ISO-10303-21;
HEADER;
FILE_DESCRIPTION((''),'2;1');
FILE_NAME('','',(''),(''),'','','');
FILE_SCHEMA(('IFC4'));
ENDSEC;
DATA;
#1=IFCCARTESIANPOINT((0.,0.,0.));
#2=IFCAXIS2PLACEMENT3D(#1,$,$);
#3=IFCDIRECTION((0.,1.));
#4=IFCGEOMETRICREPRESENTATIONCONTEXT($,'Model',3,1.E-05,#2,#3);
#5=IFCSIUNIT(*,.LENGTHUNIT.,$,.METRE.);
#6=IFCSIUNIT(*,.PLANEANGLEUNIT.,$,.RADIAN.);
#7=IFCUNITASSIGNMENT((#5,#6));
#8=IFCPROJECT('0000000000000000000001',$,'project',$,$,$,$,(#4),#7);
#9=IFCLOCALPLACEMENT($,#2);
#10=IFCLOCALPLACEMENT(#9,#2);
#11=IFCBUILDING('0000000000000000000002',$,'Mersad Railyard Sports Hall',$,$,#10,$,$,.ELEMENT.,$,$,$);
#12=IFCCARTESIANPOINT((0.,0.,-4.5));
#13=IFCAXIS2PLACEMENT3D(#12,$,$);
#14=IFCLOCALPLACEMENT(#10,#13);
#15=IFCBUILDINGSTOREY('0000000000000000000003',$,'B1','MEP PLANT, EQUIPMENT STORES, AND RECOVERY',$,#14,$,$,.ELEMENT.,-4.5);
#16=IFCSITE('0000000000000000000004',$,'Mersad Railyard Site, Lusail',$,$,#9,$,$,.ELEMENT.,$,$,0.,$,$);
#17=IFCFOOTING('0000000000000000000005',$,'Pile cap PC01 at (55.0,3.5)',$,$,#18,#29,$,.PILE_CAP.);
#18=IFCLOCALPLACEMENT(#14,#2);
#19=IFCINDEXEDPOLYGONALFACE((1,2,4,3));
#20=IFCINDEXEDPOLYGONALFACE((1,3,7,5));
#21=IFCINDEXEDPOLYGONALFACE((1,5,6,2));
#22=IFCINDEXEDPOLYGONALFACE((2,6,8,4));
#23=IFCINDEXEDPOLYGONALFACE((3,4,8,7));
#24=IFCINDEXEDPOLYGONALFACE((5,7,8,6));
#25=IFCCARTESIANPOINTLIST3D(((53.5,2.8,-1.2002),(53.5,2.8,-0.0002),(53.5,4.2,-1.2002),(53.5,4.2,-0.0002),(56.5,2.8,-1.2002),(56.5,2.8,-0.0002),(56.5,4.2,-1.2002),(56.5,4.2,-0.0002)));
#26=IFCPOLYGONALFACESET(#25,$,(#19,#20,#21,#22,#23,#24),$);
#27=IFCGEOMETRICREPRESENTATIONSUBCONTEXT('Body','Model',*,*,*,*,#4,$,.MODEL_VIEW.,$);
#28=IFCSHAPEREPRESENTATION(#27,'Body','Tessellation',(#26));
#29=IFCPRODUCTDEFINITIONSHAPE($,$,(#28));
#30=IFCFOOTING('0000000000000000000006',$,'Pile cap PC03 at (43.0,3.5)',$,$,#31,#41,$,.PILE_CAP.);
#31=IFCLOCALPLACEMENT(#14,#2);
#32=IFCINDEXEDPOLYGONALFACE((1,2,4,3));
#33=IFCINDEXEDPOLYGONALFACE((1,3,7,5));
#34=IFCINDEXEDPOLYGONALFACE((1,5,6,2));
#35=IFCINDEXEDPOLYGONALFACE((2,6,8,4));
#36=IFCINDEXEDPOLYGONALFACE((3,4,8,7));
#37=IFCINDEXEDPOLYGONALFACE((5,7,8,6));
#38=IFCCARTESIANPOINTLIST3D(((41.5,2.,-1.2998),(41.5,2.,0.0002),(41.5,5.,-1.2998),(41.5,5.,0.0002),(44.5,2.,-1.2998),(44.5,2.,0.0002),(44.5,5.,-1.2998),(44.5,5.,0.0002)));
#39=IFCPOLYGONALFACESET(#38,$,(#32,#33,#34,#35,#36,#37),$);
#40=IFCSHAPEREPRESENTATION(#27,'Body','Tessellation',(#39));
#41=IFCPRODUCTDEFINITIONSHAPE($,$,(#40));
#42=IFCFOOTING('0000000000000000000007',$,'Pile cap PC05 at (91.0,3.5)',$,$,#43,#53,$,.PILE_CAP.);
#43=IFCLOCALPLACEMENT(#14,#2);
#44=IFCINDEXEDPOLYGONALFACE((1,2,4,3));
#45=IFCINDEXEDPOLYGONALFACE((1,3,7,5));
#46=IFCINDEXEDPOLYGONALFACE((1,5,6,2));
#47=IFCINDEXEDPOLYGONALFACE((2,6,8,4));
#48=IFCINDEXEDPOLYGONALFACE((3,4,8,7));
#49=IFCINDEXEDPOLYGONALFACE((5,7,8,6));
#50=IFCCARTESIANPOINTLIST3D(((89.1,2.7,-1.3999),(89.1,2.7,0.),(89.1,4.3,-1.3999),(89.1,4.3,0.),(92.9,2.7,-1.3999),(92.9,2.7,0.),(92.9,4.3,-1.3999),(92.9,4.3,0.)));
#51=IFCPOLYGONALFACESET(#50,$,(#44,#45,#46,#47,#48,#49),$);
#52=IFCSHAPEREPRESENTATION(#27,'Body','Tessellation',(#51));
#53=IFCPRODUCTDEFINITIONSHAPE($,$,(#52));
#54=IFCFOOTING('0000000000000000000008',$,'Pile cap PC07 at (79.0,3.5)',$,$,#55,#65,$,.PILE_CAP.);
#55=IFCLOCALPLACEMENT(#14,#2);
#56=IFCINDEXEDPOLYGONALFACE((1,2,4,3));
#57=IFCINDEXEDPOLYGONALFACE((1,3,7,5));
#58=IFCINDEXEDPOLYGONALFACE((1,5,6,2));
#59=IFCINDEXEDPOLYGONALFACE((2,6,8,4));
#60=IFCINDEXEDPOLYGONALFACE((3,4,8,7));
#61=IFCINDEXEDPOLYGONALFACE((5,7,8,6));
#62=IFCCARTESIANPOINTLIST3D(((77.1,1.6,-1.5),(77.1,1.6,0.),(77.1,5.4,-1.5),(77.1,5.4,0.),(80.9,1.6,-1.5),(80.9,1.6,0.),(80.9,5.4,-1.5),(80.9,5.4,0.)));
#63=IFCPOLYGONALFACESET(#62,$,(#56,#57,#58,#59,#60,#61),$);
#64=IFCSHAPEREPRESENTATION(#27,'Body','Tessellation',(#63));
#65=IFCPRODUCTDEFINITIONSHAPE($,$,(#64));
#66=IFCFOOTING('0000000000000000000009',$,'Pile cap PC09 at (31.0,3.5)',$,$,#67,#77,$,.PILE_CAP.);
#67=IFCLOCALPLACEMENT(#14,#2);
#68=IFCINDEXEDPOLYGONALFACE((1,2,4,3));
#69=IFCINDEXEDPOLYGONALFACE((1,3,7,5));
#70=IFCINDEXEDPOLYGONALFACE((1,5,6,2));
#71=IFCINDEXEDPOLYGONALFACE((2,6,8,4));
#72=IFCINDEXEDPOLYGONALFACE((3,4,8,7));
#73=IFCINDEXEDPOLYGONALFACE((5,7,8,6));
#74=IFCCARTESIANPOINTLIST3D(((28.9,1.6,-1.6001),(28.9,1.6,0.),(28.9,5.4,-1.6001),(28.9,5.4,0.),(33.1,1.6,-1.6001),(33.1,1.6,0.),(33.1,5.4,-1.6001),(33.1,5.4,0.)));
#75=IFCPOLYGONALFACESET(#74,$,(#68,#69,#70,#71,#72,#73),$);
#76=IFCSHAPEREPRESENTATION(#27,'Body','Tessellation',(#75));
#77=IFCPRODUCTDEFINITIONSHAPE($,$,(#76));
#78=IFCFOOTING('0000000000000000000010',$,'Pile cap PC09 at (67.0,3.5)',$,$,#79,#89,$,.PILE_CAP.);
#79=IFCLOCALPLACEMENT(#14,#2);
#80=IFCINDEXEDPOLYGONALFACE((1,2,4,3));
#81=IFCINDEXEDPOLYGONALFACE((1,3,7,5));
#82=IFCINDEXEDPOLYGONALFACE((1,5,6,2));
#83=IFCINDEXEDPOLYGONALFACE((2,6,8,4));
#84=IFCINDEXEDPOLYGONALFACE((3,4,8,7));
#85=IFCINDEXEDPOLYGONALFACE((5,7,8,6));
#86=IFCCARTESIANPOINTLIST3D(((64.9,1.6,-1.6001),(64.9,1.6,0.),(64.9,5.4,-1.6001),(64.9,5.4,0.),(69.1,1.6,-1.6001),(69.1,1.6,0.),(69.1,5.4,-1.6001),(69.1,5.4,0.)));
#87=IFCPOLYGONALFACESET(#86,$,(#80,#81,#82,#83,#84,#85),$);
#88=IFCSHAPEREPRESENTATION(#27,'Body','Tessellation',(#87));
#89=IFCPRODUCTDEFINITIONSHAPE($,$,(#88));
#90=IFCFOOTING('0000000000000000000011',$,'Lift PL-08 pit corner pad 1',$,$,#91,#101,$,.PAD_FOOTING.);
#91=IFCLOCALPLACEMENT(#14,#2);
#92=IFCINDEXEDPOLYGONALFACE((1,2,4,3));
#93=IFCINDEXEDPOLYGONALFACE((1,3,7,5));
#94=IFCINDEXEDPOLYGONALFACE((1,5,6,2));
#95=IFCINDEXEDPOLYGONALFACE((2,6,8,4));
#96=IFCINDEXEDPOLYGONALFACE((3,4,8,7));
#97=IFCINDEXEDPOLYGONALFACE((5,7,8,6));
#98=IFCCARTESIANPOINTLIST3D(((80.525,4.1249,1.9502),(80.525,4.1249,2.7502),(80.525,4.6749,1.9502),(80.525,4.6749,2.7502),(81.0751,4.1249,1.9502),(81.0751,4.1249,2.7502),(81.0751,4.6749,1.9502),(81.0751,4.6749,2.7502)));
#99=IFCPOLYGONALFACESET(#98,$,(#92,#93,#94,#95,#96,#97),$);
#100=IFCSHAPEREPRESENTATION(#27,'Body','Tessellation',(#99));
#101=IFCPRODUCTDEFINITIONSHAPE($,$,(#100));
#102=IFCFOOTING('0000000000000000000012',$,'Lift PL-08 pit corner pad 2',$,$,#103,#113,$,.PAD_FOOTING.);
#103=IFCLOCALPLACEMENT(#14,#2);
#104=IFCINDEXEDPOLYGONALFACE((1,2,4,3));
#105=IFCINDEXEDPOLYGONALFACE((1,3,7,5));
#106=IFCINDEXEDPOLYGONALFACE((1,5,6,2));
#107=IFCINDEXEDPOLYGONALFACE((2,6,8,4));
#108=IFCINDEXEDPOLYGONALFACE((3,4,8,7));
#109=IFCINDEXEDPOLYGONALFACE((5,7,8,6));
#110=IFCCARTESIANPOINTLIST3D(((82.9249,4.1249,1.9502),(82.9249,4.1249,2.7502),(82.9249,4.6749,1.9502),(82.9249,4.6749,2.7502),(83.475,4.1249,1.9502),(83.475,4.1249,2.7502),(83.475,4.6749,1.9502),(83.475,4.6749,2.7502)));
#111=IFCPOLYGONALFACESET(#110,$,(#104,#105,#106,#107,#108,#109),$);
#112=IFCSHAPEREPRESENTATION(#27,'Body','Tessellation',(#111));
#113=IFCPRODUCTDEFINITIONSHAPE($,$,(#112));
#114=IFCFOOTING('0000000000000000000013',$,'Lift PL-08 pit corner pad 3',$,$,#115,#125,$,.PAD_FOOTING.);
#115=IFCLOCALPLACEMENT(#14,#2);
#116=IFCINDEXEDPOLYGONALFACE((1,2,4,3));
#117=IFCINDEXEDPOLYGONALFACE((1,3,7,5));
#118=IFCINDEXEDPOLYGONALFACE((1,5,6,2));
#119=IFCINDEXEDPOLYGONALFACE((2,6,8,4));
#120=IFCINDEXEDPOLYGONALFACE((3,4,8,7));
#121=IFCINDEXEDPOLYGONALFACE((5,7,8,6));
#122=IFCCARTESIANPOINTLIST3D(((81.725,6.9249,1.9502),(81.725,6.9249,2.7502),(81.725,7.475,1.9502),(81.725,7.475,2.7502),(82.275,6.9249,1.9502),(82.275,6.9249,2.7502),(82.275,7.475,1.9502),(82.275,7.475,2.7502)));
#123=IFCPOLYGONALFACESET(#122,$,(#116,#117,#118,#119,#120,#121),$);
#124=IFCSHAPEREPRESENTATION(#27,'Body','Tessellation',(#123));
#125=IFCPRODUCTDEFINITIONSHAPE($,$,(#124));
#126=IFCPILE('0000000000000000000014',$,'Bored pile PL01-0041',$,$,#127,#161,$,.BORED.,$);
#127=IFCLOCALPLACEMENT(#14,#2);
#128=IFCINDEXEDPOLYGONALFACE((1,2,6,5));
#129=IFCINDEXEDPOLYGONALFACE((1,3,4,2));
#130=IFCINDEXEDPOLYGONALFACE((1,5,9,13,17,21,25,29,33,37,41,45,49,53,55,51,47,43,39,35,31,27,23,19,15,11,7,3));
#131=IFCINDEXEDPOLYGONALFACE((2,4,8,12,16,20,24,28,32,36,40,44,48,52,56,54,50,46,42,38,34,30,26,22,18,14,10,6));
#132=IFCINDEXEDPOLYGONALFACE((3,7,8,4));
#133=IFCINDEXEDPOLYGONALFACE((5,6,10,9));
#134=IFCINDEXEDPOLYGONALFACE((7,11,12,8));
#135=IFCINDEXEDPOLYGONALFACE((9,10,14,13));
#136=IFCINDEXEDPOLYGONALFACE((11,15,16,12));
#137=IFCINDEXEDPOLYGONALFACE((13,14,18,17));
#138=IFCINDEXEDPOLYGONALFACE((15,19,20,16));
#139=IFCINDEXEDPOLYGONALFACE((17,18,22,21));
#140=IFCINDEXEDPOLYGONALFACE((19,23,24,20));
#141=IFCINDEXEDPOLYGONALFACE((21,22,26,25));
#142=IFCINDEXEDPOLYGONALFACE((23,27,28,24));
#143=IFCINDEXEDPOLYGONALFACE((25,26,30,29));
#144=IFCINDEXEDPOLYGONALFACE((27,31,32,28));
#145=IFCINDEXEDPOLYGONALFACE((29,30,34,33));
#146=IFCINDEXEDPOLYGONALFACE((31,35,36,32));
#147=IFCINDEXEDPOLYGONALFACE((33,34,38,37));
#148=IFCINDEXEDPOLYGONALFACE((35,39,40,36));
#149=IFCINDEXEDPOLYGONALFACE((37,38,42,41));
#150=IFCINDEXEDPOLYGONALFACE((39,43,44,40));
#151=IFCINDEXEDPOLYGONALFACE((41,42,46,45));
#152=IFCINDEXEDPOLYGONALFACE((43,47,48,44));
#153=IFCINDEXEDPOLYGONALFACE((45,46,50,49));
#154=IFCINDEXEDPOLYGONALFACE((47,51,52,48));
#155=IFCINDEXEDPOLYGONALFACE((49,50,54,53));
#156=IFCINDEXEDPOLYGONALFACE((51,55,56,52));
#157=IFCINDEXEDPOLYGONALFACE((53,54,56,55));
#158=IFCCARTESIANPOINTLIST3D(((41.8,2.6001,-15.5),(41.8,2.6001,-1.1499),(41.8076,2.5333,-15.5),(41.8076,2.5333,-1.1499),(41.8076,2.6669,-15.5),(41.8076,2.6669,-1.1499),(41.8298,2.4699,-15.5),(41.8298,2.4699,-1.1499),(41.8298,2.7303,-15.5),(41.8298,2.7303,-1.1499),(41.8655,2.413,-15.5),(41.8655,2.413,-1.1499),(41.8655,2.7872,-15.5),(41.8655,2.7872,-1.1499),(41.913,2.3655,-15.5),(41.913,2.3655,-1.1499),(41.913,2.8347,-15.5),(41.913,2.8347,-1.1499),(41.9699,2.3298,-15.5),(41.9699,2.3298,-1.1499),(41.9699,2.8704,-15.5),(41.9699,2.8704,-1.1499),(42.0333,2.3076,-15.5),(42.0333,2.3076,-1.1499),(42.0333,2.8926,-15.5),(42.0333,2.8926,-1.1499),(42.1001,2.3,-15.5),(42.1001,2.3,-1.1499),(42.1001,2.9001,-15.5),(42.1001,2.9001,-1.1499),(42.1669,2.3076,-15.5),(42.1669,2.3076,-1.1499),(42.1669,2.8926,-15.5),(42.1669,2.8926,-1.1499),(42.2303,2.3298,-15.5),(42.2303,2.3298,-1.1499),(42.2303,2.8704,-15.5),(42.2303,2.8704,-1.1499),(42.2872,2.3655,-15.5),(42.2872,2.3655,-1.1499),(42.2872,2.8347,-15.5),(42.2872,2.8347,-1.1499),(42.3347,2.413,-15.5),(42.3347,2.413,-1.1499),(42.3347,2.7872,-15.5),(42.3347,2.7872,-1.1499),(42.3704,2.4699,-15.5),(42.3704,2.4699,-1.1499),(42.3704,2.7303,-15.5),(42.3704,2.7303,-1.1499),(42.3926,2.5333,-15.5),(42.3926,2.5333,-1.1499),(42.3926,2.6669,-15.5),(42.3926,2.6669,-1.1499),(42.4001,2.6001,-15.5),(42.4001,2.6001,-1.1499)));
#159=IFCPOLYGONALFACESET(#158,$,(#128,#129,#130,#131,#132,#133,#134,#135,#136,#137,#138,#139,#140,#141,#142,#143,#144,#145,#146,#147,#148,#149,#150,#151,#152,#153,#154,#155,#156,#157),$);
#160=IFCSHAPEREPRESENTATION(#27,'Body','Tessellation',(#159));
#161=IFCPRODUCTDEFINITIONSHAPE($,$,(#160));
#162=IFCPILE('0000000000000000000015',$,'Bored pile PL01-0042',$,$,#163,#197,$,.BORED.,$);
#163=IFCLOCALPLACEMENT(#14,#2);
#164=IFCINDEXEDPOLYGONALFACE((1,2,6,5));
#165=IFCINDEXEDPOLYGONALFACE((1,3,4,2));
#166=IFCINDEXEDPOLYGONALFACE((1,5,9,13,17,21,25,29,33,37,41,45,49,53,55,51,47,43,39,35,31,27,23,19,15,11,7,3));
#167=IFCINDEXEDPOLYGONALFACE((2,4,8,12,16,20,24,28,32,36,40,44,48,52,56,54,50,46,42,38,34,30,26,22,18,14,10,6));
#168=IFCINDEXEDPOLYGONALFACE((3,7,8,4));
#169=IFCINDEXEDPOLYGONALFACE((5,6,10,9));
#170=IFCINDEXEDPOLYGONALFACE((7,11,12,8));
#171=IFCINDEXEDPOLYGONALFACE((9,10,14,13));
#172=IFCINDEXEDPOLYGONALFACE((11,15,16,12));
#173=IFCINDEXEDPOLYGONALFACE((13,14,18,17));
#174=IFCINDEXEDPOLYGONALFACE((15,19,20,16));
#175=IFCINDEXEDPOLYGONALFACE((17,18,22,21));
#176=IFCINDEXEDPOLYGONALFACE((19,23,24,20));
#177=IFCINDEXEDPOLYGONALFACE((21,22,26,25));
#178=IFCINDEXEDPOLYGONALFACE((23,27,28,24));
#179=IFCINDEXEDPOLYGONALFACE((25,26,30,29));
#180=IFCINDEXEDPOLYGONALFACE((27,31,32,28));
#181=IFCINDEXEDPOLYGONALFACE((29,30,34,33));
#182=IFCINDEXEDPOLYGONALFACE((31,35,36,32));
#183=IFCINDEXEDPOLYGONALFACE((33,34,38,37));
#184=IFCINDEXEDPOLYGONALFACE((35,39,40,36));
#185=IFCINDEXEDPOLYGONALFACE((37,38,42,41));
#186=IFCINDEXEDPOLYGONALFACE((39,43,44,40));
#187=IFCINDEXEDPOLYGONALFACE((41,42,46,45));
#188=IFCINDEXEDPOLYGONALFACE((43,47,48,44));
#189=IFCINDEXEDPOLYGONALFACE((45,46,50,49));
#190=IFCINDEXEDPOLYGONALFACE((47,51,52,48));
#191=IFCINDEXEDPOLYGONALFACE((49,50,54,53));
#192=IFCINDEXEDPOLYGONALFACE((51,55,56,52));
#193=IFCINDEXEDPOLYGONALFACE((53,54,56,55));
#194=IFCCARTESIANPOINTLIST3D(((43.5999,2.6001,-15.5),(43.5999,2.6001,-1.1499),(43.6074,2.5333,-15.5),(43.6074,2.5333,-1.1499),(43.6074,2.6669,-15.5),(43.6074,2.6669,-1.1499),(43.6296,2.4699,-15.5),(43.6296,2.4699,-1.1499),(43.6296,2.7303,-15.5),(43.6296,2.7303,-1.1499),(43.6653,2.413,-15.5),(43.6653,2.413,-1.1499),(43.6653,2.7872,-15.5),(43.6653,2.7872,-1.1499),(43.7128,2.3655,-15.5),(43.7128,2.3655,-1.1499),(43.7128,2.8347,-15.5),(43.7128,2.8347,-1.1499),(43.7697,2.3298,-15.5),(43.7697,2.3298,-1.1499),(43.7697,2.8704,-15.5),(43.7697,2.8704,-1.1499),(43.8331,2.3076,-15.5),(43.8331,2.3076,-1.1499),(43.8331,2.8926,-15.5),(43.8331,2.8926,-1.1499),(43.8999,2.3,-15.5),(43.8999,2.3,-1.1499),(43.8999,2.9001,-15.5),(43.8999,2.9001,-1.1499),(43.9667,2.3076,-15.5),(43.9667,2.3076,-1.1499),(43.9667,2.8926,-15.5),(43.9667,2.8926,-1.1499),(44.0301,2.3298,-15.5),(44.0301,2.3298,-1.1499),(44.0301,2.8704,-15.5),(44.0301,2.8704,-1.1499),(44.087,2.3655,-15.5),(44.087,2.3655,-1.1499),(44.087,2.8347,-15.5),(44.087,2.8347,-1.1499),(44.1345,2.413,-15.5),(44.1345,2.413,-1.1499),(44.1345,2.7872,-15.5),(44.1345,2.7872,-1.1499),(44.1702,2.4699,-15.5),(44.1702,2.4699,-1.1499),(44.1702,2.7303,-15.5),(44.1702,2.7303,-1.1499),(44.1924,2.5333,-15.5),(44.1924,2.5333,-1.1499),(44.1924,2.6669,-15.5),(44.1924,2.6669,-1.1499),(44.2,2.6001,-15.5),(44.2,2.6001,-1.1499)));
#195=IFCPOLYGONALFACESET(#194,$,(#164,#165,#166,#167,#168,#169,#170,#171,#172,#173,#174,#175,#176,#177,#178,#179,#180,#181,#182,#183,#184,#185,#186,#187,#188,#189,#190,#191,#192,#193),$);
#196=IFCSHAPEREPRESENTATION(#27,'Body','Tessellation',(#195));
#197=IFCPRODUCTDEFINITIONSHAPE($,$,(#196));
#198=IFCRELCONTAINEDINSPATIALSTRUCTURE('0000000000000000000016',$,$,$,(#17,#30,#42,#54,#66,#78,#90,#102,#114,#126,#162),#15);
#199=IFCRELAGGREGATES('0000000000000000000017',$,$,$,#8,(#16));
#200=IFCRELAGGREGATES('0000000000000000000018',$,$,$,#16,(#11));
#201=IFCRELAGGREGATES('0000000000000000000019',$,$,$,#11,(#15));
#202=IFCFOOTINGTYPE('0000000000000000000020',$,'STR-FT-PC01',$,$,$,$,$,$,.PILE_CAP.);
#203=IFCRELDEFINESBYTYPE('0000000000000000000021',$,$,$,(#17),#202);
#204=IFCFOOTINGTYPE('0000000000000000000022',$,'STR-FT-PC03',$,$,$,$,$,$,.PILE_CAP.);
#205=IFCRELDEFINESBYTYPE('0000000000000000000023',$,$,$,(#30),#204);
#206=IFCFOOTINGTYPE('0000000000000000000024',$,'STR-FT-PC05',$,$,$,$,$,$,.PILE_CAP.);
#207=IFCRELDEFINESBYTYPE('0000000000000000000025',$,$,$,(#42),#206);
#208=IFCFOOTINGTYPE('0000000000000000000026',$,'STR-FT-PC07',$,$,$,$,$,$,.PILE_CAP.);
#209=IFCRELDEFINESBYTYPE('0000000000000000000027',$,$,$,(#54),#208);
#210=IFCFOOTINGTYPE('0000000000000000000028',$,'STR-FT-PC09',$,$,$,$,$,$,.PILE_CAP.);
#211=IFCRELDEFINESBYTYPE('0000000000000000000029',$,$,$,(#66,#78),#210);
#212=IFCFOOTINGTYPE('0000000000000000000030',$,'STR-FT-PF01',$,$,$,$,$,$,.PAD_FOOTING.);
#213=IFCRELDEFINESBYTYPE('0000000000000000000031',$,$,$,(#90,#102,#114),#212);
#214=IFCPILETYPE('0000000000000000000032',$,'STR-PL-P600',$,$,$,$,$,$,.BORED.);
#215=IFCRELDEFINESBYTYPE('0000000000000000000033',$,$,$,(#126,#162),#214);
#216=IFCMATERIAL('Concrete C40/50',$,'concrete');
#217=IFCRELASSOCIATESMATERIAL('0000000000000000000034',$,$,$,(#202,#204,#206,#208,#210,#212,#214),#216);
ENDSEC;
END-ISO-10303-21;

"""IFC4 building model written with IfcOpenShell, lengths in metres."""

from ifc_helpers import new_model, si_unit, direction, frame, origin, origin_2d, place, context, subcontext, project, spatial, rectangle, circle, extrude, material, material_profile, profile_set, type_object, element, save


model = new_model("IFC4")

# Units and contexts
model_context = context("Model", 3, precision=1e-05, world=origin(), true_north=direction((0.0, 1.0)))
body_context = subcontext(model_context, "Body", "Model", "MODEL_VIEW")
ifc_project = project(units=[si_unit("LENGTHUNIT", "METRE"), si_unit("PLANEANGLEUNIT", "RADIAN")], contexts=[model_context])

# Site, building, storey
site_placement = place(None, origin())
site = spatial("IfcSite", under=ifc_project, at=site_placement, Name="Mersad Railyard Site, Lusail", CompositionType="ELEMENT", RefElevation=0.0)
building_placement = place(site_placement, origin())
building = spatial("IfcBuilding", under=site, at=building_placement, Name="Mersad Railyard Sports Hall", CompositionType="ELEMENT")
storey_placement = place(building_placement, frame((0.0, 0.0, -4.5)))
storey = spatial("IfcBuildingStorey", under=building, at=storey_placement, Name="B1", Description="MEP PLANT, EQUIPMENT STORES, AND RECOVERY", CompositionType="ELEMENT", Elevation=-4.5)

# Footings
ifc_material_1 = material(Name="Concrete C40/50", Category="concrete")
footing_type_1 = type_object("IfcFootingType", Name="STR-FT-PC01", PredefinedType="PILE_CAP", material=ifc_material_1)
footing_1_placement = place(storey_placement, frame((55.0, 3.5, -1.2002), z_axis=(0.0, 0.0, 1.0), x_axis=(1.0, 0.0, 0.0)))
element("IfcFooting", 1, at=footing_1_placement, inside=storey, type_object=footing_type_1, Name="Pile cap PC01 at (55.0,3.5)", PredefinedType="PILE_CAP", context=body_context, shape_type="SweptSolid", body=[
    extrude(rectangle(XDim=3.0, YDim=1.3999, at=origin_2d()), origin(), (0.0, 0.0, 1.0), 1.2),
])
footing_type_2 = type_object("IfcFootingType", Name="STR-FT-PC03", PredefinedType="PILE_CAP", material=ifc_material_1)
footing_2_placement = place(storey_placement, frame((43.0, 3.5, -1.2998), z_axis=(0.0, 0.0, 1.0), x_axis=(1.0, 0.0, 0.0)))
element("IfcFooting", 2, at=footing_2_placement, inside=storey, type_object=footing_type_2, Name="Pile cap PC03 at (43.0,3.5)", PredefinedType="PILE_CAP", context=body_context, shape_type="SweptSolid", body=[
    extrude(rectangle(XDim=3.0, YDim=3.0, at=origin_2d()), origin(), (0.0, 0.0, 1.0), 1.3),
])
footing_type_3 = type_object("IfcFootingType", Name="STR-FT-PC05", PredefinedType="PILE_CAP", material=ifc_material_1)
footing_3_placement = place(storey_placement, frame((91.0, 3.5, -1.3999), z_axis=(0.0, 0.0, 1.0), x_axis=(1.0, 0.0, 0.0)))
element("IfcFooting", 3, at=footing_3_placement, inside=storey, type_object=footing_type_3, Name="Pile cap PC05 at (91.0,3.5)", PredefinedType="PILE_CAP", context=body_context, shape_type="SweptSolid", body=[
    extrude(rectangle(XDim=3.8, YDim=1.6001, at=origin_2d()), origin(), (0.0, 0.0, 1.0), 1.3999),
])
footing_type_4 = type_object("IfcFootingType", Name="STR-FT-PC07", PredefinedType="PILE_CAP", material=ifc_material_1)
footing_4_placement = place(storey_placement, frame((79.0, 3.5, -1.5), z_axis=(0.0, 0.0, 1.0), x_axis=(1.0, 0.0, 0.0)))
element("IfcFooting", 4, at=footing_4_placement, inside=storey, type_object=footing_type_4, Name="Pile cap PC07 at (79.0,3.5)", PredefinedType="PILE_CAP", context=body_context, shape_type="SweptSolid", body=[
    extrude(rectangle(XDim=3.8, YDim=3.8, at=origin_2d()), origin(), (0.0, 0.0, 1.0), 1.5),
])
footing_type_5 = type_object("IfcFootingType", Name="STR-FT-PC09", PredefinedType="PILE_CAP", material=ifc_material_1)
for number, where, z_axis, x_axis, name in (
    (5, (31.0, 3.5, -1.6001), (0.0, 0.0, 1.0), (1.0, 0.0, 0.0), "Pile cap PC09 at (31.0,3.5)"),
    (6, (67.0, 3.5, -1.6001), (0.0, 0.0, 1.0), (1.0, 0.0, 0.0), "Pile cap PC09 at (67.0,3.5)"),
):
    element("IfcFooting", number, at=place(storey_placement, frame(where, z_axis=z_axis, x_axis=x_axis)), inside=storey, type_object=footing_type_5, Name=name, PredefinedType="PILE_CAP", context=body_context, shape_type="SweptSolid", body=[
        extrude(rectangle(XDim=4.2, YDim=3.8, at=origin_2d()), origin(), (0.0, 0.0, 1.0), 1.6001),
    ])
footing_type_6 = type_object("IfcFootingType", Name="STR-FT-PF01", PredefinedType="PAD_FOOTING", material=ifc_material_1)
for number, where, z_axis, x_axis, name in (
    (7, (80.8, 4.3999, 1.9502), (0.0, 0.0, 1.0), (1.0, 0.0, 0.0), "Lift PL-08 pit corner pad 1"),
    (8, (83.2, 4.3999, 1.9502), (0.0, 0.0, 1.0), (1.0, 0.0, 0.0), "Lift PL-08 pit corner pad 2"),
    (9, (82.0, 7.2, 1.9502), (0.0, 0.0, 1.0), (1.0, 0.0, 0.0), "Lift PL-08 pit corner pad 3"),
):
    element("IfcFooting", number, at=place(storey_placement, frame(where, z_axis=z_axis, x_axis=x_axis)), inside=storey, type_object=footing_type_6, Name=name, PredefinedType="PAD_FOOTING", context=body_context, shape_type="SweptSolid", body=[
        extrude(rectangle(XDim=0.55, YDim=0.55, at=origin_2d()), origin(), (0.0, 0.0, 1.0), 0.8),
    ])

# Piles
ifc_material_profile_1 = material_profile(ifc_material_1, circle(Radius=0.3, at=origin_2d()), Name="BORED PILE D600")
ifc_profile_set_1 = profile_set([ifc_material_profile_1], Name="Concrete C40/50")
pile_type_1 = type_object("IfcPileType", Name="STR-PL-P600", PredefinedType="BORED", material=ifc_profile_set_1)
for number, where, z_axis, x_axis, name in (
    (10, (42.1001, 2.6001, -1.1499), (0.0, 0.0, -1.0), (1.0, 0.0, 0.0), "Bored pile PL01-0041"),
    (11, (43.8999, 2.6001, -1.1499), (0.0, 0.0, -1.0), (1.0, 0.0, 0.0), "Bored pile PL01-0042"),
):
    element("IfcPile", number, at=place(storey_placement, frame(where, z_axis=z_axis, x_axis=x_axis)), inside=storey, type_object=pile_type_1, Name=name, PredefinedType="BORED", context=body_context, shape_type="SweptSolid", body=[
        extrude(circle(Radius=0.3, at=origin_2d()), origin(), (0.0, 0.0, 1.0), 14.3501),
    ])

save(model, "model.ifc")
